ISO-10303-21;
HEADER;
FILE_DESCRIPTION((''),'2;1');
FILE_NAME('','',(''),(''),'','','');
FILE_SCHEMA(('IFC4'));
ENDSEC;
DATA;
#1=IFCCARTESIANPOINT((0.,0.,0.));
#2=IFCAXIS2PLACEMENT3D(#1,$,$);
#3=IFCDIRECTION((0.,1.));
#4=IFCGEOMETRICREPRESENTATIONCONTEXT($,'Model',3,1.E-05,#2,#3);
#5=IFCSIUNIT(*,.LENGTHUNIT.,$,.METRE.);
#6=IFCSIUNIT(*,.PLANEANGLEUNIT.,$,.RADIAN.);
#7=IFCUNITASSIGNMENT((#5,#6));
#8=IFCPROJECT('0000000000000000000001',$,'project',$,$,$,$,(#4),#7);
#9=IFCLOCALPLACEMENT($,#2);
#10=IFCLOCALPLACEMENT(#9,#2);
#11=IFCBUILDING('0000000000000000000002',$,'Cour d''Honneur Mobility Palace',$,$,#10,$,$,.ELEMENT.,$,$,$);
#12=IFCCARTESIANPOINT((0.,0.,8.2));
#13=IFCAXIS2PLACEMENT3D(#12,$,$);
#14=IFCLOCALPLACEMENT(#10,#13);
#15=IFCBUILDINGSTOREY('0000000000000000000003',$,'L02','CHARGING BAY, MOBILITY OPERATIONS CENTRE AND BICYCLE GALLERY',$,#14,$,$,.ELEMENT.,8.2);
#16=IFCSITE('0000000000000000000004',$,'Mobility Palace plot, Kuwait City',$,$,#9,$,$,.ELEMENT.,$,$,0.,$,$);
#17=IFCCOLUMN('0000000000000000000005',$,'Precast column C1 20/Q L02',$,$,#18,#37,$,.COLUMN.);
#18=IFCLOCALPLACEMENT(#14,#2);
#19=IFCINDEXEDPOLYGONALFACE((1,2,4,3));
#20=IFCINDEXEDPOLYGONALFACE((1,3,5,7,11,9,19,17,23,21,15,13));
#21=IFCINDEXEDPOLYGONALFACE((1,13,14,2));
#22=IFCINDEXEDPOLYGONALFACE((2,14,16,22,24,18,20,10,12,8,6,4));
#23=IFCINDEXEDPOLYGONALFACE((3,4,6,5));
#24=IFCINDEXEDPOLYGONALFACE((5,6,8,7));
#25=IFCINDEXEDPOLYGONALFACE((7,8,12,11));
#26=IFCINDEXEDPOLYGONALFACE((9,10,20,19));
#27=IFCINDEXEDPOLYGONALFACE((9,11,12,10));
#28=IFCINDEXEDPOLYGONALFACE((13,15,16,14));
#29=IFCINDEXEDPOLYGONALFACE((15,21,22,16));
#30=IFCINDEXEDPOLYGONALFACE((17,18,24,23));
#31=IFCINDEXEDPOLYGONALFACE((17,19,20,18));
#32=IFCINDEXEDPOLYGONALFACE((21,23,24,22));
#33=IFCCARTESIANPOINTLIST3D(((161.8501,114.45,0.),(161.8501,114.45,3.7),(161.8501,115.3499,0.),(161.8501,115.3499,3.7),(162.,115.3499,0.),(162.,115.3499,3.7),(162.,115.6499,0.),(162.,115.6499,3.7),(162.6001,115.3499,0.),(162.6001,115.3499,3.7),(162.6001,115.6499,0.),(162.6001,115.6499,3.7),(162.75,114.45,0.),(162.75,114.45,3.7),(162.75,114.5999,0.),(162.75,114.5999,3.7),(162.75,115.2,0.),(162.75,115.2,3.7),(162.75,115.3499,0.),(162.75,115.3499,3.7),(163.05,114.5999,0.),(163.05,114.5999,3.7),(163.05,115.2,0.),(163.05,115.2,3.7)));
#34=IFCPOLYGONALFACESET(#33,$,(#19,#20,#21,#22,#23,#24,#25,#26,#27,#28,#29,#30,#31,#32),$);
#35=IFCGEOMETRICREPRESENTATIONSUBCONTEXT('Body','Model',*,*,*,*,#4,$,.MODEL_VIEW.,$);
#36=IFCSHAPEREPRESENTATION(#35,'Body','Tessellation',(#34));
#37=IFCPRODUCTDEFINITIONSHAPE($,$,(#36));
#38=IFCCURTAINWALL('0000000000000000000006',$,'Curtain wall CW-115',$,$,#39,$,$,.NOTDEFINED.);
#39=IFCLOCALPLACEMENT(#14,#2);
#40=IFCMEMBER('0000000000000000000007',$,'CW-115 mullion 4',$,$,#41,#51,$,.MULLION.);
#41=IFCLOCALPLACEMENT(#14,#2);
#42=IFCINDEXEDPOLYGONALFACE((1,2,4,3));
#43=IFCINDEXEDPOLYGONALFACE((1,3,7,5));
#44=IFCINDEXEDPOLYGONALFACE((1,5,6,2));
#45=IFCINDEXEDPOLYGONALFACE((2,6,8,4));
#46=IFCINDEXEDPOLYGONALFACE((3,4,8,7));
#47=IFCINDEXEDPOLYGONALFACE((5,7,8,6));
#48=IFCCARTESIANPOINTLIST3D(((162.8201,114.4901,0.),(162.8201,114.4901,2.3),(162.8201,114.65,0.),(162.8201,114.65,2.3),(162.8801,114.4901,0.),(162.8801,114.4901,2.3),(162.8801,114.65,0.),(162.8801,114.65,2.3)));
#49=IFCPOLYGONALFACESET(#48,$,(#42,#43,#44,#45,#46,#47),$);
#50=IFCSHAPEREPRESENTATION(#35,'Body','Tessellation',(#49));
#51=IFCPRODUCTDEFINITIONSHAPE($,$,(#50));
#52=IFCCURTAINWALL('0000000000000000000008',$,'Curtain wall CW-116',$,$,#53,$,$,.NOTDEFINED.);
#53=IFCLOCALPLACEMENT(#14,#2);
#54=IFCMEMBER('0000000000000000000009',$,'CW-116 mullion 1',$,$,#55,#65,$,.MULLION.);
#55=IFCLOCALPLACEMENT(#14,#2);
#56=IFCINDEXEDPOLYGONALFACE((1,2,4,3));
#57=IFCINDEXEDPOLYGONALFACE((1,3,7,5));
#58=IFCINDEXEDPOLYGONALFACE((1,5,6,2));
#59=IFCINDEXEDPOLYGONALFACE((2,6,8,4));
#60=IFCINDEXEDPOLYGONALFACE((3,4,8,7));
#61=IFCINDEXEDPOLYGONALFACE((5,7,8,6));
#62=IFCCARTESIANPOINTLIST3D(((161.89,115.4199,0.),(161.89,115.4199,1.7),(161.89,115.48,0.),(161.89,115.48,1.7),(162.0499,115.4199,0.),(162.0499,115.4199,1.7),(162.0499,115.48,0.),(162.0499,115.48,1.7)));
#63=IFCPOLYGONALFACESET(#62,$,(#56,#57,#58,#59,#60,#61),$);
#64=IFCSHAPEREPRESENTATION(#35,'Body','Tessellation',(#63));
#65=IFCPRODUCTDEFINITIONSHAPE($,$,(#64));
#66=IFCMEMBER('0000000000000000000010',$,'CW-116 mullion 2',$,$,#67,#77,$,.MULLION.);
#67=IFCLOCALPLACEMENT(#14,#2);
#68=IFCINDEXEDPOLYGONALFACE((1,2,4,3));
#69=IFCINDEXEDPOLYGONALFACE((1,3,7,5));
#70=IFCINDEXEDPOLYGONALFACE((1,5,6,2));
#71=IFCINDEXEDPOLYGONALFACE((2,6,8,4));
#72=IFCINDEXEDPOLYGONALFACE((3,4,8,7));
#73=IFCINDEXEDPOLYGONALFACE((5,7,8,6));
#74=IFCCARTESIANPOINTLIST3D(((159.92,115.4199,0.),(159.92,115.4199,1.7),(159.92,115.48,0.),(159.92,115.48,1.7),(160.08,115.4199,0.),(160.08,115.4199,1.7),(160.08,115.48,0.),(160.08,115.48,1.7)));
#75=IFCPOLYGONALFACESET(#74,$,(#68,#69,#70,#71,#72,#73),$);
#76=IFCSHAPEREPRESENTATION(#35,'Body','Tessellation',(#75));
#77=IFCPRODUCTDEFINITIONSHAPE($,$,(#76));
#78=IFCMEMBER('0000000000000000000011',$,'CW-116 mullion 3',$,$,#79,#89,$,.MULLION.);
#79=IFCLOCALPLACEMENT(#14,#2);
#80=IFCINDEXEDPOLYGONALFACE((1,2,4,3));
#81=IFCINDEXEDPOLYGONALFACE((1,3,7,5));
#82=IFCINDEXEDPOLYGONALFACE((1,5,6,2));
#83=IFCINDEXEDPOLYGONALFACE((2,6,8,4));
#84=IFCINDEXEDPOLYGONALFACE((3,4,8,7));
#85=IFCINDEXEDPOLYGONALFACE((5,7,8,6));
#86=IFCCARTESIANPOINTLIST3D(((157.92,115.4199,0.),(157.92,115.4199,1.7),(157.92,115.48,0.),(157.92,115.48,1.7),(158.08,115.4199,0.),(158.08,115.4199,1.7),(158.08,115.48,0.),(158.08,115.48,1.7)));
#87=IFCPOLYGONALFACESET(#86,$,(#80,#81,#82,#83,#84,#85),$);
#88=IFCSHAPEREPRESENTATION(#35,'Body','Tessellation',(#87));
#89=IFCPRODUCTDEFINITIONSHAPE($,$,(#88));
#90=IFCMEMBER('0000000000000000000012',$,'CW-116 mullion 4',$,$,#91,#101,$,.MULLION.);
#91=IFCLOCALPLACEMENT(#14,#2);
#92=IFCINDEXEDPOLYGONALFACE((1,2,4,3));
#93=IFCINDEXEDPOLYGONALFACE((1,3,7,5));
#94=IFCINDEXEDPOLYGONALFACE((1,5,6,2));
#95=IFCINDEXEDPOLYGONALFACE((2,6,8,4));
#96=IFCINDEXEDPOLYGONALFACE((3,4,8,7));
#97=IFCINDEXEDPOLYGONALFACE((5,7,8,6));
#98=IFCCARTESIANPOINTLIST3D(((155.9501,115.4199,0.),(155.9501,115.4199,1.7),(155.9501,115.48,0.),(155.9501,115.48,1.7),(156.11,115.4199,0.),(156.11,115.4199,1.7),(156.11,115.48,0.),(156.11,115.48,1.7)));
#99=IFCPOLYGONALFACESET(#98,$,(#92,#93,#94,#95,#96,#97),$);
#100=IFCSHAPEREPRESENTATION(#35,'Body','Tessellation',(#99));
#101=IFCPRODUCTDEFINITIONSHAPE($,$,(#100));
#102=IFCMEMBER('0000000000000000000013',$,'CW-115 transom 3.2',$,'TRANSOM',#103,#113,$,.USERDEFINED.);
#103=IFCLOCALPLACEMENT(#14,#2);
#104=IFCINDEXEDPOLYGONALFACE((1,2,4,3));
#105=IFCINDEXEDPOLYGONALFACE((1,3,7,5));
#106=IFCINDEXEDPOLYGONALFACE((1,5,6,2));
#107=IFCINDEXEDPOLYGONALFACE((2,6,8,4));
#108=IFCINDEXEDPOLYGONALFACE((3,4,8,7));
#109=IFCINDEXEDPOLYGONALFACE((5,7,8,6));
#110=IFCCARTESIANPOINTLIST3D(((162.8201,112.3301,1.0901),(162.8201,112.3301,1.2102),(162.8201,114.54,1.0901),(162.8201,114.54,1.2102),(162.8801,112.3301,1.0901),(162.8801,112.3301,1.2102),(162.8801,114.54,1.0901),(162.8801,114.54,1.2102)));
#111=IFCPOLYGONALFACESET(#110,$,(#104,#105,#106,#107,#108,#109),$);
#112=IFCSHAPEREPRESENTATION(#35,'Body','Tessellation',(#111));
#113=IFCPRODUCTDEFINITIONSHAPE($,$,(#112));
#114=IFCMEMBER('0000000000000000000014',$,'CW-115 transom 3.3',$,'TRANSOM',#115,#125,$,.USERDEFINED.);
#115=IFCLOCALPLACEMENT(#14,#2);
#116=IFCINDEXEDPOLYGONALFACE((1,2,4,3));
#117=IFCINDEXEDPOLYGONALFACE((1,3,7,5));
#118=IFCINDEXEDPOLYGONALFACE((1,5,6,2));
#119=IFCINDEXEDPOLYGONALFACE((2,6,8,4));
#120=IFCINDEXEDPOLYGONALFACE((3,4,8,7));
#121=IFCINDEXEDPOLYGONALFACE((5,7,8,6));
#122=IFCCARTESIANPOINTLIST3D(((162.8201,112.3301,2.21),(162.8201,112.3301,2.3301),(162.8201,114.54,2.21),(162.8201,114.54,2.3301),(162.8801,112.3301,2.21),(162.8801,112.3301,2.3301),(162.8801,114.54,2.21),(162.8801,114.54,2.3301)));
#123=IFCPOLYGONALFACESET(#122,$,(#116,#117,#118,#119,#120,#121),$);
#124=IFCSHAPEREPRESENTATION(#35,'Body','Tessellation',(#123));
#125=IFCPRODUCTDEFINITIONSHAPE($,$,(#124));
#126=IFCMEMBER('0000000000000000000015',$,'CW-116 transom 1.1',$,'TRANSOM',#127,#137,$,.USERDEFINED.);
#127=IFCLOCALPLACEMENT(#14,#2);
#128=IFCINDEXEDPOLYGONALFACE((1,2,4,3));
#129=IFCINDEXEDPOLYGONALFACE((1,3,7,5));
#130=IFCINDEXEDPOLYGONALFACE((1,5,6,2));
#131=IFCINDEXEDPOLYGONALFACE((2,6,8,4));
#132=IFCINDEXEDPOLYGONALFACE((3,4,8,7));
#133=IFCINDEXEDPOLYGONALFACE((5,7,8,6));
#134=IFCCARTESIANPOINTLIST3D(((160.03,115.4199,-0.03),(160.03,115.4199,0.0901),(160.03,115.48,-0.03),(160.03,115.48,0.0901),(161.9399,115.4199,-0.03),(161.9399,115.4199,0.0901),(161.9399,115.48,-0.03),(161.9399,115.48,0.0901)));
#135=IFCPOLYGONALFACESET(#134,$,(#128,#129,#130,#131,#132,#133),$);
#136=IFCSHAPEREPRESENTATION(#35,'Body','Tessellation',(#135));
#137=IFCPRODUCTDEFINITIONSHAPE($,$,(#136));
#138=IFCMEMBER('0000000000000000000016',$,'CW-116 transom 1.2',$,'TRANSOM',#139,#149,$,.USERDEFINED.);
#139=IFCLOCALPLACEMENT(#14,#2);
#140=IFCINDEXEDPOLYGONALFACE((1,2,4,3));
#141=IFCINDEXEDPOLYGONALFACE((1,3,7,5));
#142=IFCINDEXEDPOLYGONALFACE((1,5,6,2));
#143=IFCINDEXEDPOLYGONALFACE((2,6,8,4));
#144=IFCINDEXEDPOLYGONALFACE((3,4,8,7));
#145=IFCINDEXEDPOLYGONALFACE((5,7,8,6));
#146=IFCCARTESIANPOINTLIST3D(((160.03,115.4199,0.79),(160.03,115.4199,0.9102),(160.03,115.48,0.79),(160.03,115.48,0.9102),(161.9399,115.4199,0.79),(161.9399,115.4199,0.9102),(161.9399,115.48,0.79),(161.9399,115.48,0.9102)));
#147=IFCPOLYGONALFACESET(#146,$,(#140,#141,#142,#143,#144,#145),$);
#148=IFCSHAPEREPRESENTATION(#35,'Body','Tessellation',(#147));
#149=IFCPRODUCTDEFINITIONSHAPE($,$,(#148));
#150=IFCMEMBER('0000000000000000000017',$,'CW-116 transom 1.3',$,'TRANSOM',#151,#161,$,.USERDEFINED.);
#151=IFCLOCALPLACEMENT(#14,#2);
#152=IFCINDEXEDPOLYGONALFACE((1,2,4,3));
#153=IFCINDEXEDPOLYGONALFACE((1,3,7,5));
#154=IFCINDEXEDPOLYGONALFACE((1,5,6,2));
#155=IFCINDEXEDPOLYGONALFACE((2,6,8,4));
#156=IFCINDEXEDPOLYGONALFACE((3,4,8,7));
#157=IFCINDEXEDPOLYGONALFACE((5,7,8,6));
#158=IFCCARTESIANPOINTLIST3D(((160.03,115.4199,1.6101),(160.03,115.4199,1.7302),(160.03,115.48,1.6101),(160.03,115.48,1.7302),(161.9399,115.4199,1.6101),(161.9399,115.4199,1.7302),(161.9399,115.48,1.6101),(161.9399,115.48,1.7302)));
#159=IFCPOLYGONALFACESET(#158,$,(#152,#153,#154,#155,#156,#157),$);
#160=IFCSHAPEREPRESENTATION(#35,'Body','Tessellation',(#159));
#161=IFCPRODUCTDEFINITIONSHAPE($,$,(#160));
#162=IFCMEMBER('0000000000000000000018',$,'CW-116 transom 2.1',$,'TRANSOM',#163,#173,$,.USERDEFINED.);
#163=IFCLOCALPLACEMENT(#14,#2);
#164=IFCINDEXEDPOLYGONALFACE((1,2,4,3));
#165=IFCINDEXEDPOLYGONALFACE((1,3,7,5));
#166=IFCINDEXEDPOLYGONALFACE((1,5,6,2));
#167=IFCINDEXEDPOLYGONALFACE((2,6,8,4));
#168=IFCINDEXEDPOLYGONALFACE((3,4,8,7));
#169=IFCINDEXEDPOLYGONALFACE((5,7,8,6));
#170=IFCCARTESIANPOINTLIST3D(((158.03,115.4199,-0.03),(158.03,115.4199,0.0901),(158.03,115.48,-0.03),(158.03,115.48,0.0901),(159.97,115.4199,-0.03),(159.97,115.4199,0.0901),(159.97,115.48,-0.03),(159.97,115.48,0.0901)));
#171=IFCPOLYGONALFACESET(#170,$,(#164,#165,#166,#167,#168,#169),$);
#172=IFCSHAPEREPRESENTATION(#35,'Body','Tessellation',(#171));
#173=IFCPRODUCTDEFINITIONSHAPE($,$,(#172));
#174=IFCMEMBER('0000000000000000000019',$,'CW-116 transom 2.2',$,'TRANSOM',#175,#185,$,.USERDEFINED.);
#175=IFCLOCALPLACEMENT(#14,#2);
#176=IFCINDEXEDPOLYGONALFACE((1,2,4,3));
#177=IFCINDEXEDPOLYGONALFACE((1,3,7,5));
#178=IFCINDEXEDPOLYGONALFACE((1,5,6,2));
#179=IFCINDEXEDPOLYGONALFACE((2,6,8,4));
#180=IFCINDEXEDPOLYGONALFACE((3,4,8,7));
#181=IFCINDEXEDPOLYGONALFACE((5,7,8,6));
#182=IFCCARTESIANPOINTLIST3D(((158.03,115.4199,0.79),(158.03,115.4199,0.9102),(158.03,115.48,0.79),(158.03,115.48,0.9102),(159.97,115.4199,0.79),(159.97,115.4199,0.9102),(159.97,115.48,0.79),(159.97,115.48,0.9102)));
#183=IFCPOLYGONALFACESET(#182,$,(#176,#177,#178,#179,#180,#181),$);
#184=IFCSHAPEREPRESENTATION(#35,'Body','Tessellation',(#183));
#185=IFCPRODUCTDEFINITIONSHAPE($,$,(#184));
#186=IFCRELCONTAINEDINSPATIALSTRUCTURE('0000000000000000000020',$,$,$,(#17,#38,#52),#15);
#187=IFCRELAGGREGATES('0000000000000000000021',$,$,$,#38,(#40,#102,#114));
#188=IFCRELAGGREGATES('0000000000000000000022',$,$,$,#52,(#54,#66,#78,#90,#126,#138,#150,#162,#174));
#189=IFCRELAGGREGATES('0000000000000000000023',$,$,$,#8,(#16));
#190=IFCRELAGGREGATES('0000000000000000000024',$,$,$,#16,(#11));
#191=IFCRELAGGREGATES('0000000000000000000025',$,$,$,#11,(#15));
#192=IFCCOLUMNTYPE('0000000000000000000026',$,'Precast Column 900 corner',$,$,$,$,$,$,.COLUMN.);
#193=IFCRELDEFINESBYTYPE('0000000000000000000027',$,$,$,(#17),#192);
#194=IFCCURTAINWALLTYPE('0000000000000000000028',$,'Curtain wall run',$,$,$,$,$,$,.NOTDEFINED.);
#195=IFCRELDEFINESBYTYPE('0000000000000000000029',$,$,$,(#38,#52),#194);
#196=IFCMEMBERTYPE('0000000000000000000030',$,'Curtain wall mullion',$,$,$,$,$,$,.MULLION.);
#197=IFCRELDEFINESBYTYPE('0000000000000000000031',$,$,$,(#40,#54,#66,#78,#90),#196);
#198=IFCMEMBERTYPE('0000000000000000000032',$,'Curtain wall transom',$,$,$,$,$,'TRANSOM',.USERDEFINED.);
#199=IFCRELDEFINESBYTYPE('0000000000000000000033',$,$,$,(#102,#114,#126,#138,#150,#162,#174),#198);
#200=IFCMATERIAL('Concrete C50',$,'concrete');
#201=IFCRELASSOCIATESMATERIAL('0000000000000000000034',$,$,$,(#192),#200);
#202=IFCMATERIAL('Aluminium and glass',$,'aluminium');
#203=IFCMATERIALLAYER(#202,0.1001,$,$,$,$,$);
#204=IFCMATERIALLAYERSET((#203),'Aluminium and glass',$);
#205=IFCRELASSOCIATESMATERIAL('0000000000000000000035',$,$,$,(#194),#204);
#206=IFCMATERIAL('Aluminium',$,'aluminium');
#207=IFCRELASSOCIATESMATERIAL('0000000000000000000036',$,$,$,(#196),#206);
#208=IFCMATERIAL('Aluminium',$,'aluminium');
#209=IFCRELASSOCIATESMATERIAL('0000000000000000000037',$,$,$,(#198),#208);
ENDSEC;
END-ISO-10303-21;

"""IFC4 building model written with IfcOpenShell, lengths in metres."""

from ifc_helpers import new_model, si_unit, direction, frame, origin, origin_2d, place, context, subcontext, project, spatial, polyline, rectangle, outline, extrude, material, layer, layer_set, material_profile, profile_set, type_object, element, aggregate, save


model = new_model("IFC4")

# Units and contexts
model_context = context("Model", 3, precision=1e-05, world=origin(), true_north=direction((0.0, 1.0)))
body_context = subcontext(model_context, "Body", "Model", "MODEL_VIEW")
ifc_project = project(units=[si_unit("LENGTHUNIT", "METRE"), si_unit("PLANEANGLEUNIT", "RADIAN")], contexts=[model_context])

# Site, building, storey
site_placement = place(None, origin())
site = spatial("IfcSite", under=ifc_project, at=site_placement, Name="Mobility Palace plot, Kuwait City", CompositionType="ELEMENT", RefElevation=0.0)
building_placement = place(site_placement, origin())
building = spatial("IfcBuilding", under=site, at=building_placement, Name="Cour d'Honneur Mobility Palace", CompositionType="ELEMENT")
storey_placement = place(building_placement, frame((0.0, 0.0, 8.2)))
storey = spatial("IfcBuildingStorey", under=building, at=storey_placement, Name="L02", Description="CHARGING BAY, MOBILITY OPERATIONS CENTRE AND BICYCLE GALLERY", CompositionType="ELEMENT", Elevation=8.2)

# Column
ifc_material_1 = material(Name="Concrete C50", Category="concrete")
ifc_material_profile_1 = material_profile(ifc_material_1, outline(polyline([(-0.45, -0.45), (0.45, -0.45), (0.45, -0.3), (0.75, -0.3), (0.75, 0.3), (0.45, 0.3), (0.45, 0.45), (0.3, 0.45), (0.3, 0.75), (-0.3, 0.75), (-0.3, 0.45), (-0.45, 0.45), (-0.45, -0.45)])), Name="PC C900 corner")
ifc_profile_set_1 = profile_set([ifc_material_profile_1], Name="Concrete C50")
column_type = type_object("IfcColumnType", Name="Precast Column 900 corner", PredefinedType="COLUMN", material=ifc_profile_set_1)
column_placement = place(storey_placement, frame((162.3, 114.8999, 0.0), z_axis=(0.0, 0.0, 1.0), x_axis=(1.0, 0.0, 0.0)))
element("IfcColumn", 1, at=column_placement, inside=storey, type_object=column_type, Name="Precast column C1 20/Q L02", PredefinedType="COLUMN", context=body_context, shape_type="SweptSolid", body=[
    extrude(outline(polyline([(-0.45, -0.45), (0.45, -0.45), (0.45, -0.3), (0.75, -0.3), (0.75, 0.3), (0.45, 0.3), (0.45, 0.45), (0.3, 0.45), (0.3, 0.75), (-0.3, 0.75), (-0.3, 0.45), (-0.45, 0.45), (-0.45, -0.45)])), origin(), (0.0, 0.0, 1.0), 3.7),
])

# Curtain wall, member
ifc_material_2 = material(Name="Aluminium and glass", Category="aluminium")
ifc_layer_1 = layer(ifc_material_2, 0.1001)
ifc_layer_set_1 = layer_set([ifc_layer_1], Name="Aluminium and glass")
curtain_wall_type = type_object("IfcCurtainWallType", Name="Curtain wall run", PredefinedType="NOTDEFINED", material=ifc_layer_set_1)
curtain_wall_1_placement = place(storey_placement, origin())
curtain_wall_1 = element("IfcCurtainWall", 2, at=curtain_wall_1_placement, inside=storey, type_object=curtain_wall_type, Name="Curtain wall CW-115", PredefinedType="NOTDEFINED")
ifc_material_3 = material(Name="Aluminium", Category="aluminium")
ifc_material_profile_2 = material_profile(ifc_material_3, rectangle(XDim=0.0601, YDim=0.1599, at=origin_2d()), Name="Curtain wall mullion")
ifc_profile_set_2 = profile_set([ifc_material_profile_2], Name="Aluminium")
member_type_1 = type_object("IfcMemberType", Name="Curtain wall mullion", PredefinedType="MULLION", material=ifc_profile_set_2)
member_1_placement = place(storey_placement, frame((162.8501, 114.5701, 0.0), z_axis=(0.0, 0.0, 1.0), x_axis=(-1.0, 0.0, 0.0)))
member_1 = element("IfcMember", 3, at=member_1_placement, type_object=member_type_1, Name="CW-115 mullion 4", PredefinedType="MULLION", context=body_context, shape_type="SweptSolid", body=[
    extrude(rectangle(XDim=0.0601, YDim=0.1599, at=origin_2d()), origin(), (0.0, 0.0, 1.0), 2.3),
])

# Curtain wall, members
curtain_wall_2_placement = place(storey_placement, origin())
curtain_wall_2 = element("IfcCurtainWall", 4, at=curtain_wall_2_placement, inside=storey, type_object=curtain_wall_type, Name="Curtain wall CW-116", PredefinedType="NOTDEFINED")
member_2_placement = place(storey_placement, frame((161.97, 115.45, 0.0), z_axis=(0.0, 0.0, 1.0), x_axis=(0.0, -1.0, 0.0)))
member_2 = element("IfcMember", 5, at=member_2_placement, type_object=member_type_1, Name="CW-116 mullion 1", PredefinedType="MULLION", context=body_context, shape_type="SweptSolid", body=[
    extrude(rectangle(XDim=0.0601, YDim=0.1599, at=origin_2d()), origin(), (0.0, 0.0, 1.0), 1.7),
])
member_3_placement = place(storey_placement, frame((160.0, 115.45, 0.0), z_axis=(0.0, 0.0, 1.0), x_axis=(0.0, -1.0, 0.0)))
member_3 = element("IfcMember", 6, at=member_3_placement, type_object=member_type_1, Name="CW-116 mullion 2", PredefinedType="MULLION", context=body_context, shape_type="SweptSolid", body=[
    extrude(rectangle(XDim=0.0601, YDim=0.1599, at=origin_2d()), origin(), (0.0, 0.0, 1.0), 1.7),
])
member_4_placement = place(storey_placement, frame((158.0, 115.45, 0.0), z_axis=(0.0, 0.0, 1.0), x_axis=(0.0, -1.0, 0.0)))
member_4 = element("IfcMember", 7, at=member_4_placement, type_object=member_type_1, Name="CW-116 mullion 3", PredefinedType="MULLION", context=body_context, shape_type="SweptSolid", body=[
    extrude(rectangle(XDim=0.0601, YDim=0.1599, at=origin_2d()), origin(), (0.0, 0.0, 1.0), 1.7),
])
member_5_placement = place(storey_placement, frame((156.03, 115.45, 0.0), z_axis=(0.0, 0.0, 1.0), x_axis=(0.0, -1.0, 0.0)))
member_5 = element("IfcMember", 8, at=member_5_placement, type_object=member_type_1, Name="CW-116 mullion 4", PredefinedType="MULLION", context=body_context, shape_type="SweptSolid", body=[
    extrude(rectangle(XDim=0.0601, YDim=0.1599, at=origin_2d()), origin(), (0.0, 0.0, 1.0), 1.7),
])

# Members
ifc_material_4 = material(Name="Aluminium", Category="aluminium")
ifc_material_profile_3 = material_profile(ifc_material_4, rectangle(XDim=0.0601, YDim=0.1201, at=origin_2d()), Name="Curtain wall transom")
ifc_profile_set_3 = profile_set([ifc_material_profile_3], Name="Aluminium")
member_type_2 = type_object("IfcMemberType", Name="Curtain wall transom", ElementType="TRANSOM", PredefinedType="USERDEFINED", material=ifc_profile_set_3)
member_6_placement = place(storey_placement, frame((162.8501, 112.3301, 1.1501), z_axis=(0.0, 1.0, 0.0), x_axis=(-1.0, 0.0, 0.0)))
member_6 = element("IfcMember", 9, at=member_6_placement, type_object=member_type_2, Name="CW-115 transom 3.2", ObjectType="TRANSOM", PredefinedType="USERDEFINED", context=body_context, shape_type="SweptSolid", body=[
    extrude(rectangle(XDim=0.0601, YDim=0.1201, at=origin_2d()), origin(), (0.0, 0.0, 1.0), 2.21),
])
member_7_placement = place(storey_placement, frame((162.8501, 112.3301, 2.27), z_axis=(0.0, 1.0, 0.0), x_axis=(-1.0, 0.0, 0.0)))
member_7 = element("IfcMember", 10, at=member_7_placement, type_object=member_type_2, Name="CW-115 transom 3.3", ObjectType="TRANSOM", PredefinedType="USERDEFINED", context=body_context, shape_type="SweptSolid", body=[
    extrude(rectangle(XDim=0.0601, YDim=0.1201, at=origin_2d()), origin(), (0.0, 0.0, 1.0), 2.21),
])
member_8_placement = place(storey_placement, frame((161.9399, 115.45, 0.03), z_axis=(-1.0, 0.0, 0.0), x_axis=(0.0, -1.0, 0.0)))
member_8 = element("IfcMember", 11, at=member_8_placement, type_object=member_type_2, Name="CW-116 transom 1.1", ObjectType="TRANSOM", PredefinedType="USERDEFINED", context=body_context, shape_type="SweptSolid", body=[
    extrude(rectangle(XDim=0.0601, YDim=0.1201, at=origin_2d()), origin(), (0.0, 0.0, 1.0), 1.9099),
])
member_9_placement = place(storey_placement, frame((161.9399, 115.45, 0.8501), z_axis=(-1.0, 0.0, 0.0), x_axis=(0.0, -1.0, 0.0)))
member_9 = element("IfcMember", 12, at=member_9_placement, type_object=member_type_2, Name="CW-116 transom 1.2", ObjectType="TRANSOM", PredefinedType="USERDEFINED", context=body_context, shape_type="SweptSolid", body=[
    extrude(rectangle(XDim=0.0601, YDim=0.1201, at=origin_2d()), origin(), (0.0, 0.0, 1.0), 1.9099),
])
member_10_placement = place(storey_placement, frame((161.9399, 115.45, 1.6702), z_axis=(-1.0, 0.0, 0.0), x_axis=(0.0, -1.0, 0.0)))
member_10 = element("IfcMember", 13, at=member_10_placement, type_object=member_type_2, Name="CW-116 transom 1.3", ObjectType="TRANSOM", PredefinedType="USERDEFINED", context=body_context, shape_type="SweptSolid", body=[
    extrude(rectangle(XDim=0.0601, YDim=0.1201, at=origin_2d()), origin(), (0.0, 0.0, 1.0), 1.9099),
])
member_11_placement = place(storey_placement, frame((159.97, 115.45, 0.03), z_axis=(-1.0, 0.0, 0.0), x_axis=(0.0, -1.0, 0.0)))
member_11 = element("IfcMember", 14, at=member_11_placement, type_object=member_type_2, Name="CW-116 transom 2.1", ObjectType="TRANSOM", PredefinedType="USERDEFINED", context=body_context, shape_type="SweptSolid", body=[
    extrude(rectangle(XDim=0.0601, YDim=0.1201, at=origin_2d()), origin(), (0.0, 0.0, 1.0), 1.9399),
])
member_12_placement = place(storey_placement, frame((159.97, 115.45, 0.8501), z_axis=(-1.0, 0.0, 0.0), x_axis=(0.0, -1.0, 0.0)))
member_12 = element("IfcMember", 15, at=member_12_placement, type_object=member_type_2, Name="CW-116 transom 2.2", ObjectType="TRANSOM", PredefinedType="USERDEFINED", context=body_context, shape_type="SweptSolid", body=[
    extrude(rectangle(XDim=0.0601, YDim=0.1201, at=origin_2d()), origin(), (0.0, 0.0, 1.0), 1.9399),
])

aggregate(curtain_wall_1, [member_1, member_6, member_7])
aggregate(curtain_wall_2, [member_2, member_3, member_4, member_5, member_8, member_9, member_10, member_11, member_12])

save(model, "model.ifc")
